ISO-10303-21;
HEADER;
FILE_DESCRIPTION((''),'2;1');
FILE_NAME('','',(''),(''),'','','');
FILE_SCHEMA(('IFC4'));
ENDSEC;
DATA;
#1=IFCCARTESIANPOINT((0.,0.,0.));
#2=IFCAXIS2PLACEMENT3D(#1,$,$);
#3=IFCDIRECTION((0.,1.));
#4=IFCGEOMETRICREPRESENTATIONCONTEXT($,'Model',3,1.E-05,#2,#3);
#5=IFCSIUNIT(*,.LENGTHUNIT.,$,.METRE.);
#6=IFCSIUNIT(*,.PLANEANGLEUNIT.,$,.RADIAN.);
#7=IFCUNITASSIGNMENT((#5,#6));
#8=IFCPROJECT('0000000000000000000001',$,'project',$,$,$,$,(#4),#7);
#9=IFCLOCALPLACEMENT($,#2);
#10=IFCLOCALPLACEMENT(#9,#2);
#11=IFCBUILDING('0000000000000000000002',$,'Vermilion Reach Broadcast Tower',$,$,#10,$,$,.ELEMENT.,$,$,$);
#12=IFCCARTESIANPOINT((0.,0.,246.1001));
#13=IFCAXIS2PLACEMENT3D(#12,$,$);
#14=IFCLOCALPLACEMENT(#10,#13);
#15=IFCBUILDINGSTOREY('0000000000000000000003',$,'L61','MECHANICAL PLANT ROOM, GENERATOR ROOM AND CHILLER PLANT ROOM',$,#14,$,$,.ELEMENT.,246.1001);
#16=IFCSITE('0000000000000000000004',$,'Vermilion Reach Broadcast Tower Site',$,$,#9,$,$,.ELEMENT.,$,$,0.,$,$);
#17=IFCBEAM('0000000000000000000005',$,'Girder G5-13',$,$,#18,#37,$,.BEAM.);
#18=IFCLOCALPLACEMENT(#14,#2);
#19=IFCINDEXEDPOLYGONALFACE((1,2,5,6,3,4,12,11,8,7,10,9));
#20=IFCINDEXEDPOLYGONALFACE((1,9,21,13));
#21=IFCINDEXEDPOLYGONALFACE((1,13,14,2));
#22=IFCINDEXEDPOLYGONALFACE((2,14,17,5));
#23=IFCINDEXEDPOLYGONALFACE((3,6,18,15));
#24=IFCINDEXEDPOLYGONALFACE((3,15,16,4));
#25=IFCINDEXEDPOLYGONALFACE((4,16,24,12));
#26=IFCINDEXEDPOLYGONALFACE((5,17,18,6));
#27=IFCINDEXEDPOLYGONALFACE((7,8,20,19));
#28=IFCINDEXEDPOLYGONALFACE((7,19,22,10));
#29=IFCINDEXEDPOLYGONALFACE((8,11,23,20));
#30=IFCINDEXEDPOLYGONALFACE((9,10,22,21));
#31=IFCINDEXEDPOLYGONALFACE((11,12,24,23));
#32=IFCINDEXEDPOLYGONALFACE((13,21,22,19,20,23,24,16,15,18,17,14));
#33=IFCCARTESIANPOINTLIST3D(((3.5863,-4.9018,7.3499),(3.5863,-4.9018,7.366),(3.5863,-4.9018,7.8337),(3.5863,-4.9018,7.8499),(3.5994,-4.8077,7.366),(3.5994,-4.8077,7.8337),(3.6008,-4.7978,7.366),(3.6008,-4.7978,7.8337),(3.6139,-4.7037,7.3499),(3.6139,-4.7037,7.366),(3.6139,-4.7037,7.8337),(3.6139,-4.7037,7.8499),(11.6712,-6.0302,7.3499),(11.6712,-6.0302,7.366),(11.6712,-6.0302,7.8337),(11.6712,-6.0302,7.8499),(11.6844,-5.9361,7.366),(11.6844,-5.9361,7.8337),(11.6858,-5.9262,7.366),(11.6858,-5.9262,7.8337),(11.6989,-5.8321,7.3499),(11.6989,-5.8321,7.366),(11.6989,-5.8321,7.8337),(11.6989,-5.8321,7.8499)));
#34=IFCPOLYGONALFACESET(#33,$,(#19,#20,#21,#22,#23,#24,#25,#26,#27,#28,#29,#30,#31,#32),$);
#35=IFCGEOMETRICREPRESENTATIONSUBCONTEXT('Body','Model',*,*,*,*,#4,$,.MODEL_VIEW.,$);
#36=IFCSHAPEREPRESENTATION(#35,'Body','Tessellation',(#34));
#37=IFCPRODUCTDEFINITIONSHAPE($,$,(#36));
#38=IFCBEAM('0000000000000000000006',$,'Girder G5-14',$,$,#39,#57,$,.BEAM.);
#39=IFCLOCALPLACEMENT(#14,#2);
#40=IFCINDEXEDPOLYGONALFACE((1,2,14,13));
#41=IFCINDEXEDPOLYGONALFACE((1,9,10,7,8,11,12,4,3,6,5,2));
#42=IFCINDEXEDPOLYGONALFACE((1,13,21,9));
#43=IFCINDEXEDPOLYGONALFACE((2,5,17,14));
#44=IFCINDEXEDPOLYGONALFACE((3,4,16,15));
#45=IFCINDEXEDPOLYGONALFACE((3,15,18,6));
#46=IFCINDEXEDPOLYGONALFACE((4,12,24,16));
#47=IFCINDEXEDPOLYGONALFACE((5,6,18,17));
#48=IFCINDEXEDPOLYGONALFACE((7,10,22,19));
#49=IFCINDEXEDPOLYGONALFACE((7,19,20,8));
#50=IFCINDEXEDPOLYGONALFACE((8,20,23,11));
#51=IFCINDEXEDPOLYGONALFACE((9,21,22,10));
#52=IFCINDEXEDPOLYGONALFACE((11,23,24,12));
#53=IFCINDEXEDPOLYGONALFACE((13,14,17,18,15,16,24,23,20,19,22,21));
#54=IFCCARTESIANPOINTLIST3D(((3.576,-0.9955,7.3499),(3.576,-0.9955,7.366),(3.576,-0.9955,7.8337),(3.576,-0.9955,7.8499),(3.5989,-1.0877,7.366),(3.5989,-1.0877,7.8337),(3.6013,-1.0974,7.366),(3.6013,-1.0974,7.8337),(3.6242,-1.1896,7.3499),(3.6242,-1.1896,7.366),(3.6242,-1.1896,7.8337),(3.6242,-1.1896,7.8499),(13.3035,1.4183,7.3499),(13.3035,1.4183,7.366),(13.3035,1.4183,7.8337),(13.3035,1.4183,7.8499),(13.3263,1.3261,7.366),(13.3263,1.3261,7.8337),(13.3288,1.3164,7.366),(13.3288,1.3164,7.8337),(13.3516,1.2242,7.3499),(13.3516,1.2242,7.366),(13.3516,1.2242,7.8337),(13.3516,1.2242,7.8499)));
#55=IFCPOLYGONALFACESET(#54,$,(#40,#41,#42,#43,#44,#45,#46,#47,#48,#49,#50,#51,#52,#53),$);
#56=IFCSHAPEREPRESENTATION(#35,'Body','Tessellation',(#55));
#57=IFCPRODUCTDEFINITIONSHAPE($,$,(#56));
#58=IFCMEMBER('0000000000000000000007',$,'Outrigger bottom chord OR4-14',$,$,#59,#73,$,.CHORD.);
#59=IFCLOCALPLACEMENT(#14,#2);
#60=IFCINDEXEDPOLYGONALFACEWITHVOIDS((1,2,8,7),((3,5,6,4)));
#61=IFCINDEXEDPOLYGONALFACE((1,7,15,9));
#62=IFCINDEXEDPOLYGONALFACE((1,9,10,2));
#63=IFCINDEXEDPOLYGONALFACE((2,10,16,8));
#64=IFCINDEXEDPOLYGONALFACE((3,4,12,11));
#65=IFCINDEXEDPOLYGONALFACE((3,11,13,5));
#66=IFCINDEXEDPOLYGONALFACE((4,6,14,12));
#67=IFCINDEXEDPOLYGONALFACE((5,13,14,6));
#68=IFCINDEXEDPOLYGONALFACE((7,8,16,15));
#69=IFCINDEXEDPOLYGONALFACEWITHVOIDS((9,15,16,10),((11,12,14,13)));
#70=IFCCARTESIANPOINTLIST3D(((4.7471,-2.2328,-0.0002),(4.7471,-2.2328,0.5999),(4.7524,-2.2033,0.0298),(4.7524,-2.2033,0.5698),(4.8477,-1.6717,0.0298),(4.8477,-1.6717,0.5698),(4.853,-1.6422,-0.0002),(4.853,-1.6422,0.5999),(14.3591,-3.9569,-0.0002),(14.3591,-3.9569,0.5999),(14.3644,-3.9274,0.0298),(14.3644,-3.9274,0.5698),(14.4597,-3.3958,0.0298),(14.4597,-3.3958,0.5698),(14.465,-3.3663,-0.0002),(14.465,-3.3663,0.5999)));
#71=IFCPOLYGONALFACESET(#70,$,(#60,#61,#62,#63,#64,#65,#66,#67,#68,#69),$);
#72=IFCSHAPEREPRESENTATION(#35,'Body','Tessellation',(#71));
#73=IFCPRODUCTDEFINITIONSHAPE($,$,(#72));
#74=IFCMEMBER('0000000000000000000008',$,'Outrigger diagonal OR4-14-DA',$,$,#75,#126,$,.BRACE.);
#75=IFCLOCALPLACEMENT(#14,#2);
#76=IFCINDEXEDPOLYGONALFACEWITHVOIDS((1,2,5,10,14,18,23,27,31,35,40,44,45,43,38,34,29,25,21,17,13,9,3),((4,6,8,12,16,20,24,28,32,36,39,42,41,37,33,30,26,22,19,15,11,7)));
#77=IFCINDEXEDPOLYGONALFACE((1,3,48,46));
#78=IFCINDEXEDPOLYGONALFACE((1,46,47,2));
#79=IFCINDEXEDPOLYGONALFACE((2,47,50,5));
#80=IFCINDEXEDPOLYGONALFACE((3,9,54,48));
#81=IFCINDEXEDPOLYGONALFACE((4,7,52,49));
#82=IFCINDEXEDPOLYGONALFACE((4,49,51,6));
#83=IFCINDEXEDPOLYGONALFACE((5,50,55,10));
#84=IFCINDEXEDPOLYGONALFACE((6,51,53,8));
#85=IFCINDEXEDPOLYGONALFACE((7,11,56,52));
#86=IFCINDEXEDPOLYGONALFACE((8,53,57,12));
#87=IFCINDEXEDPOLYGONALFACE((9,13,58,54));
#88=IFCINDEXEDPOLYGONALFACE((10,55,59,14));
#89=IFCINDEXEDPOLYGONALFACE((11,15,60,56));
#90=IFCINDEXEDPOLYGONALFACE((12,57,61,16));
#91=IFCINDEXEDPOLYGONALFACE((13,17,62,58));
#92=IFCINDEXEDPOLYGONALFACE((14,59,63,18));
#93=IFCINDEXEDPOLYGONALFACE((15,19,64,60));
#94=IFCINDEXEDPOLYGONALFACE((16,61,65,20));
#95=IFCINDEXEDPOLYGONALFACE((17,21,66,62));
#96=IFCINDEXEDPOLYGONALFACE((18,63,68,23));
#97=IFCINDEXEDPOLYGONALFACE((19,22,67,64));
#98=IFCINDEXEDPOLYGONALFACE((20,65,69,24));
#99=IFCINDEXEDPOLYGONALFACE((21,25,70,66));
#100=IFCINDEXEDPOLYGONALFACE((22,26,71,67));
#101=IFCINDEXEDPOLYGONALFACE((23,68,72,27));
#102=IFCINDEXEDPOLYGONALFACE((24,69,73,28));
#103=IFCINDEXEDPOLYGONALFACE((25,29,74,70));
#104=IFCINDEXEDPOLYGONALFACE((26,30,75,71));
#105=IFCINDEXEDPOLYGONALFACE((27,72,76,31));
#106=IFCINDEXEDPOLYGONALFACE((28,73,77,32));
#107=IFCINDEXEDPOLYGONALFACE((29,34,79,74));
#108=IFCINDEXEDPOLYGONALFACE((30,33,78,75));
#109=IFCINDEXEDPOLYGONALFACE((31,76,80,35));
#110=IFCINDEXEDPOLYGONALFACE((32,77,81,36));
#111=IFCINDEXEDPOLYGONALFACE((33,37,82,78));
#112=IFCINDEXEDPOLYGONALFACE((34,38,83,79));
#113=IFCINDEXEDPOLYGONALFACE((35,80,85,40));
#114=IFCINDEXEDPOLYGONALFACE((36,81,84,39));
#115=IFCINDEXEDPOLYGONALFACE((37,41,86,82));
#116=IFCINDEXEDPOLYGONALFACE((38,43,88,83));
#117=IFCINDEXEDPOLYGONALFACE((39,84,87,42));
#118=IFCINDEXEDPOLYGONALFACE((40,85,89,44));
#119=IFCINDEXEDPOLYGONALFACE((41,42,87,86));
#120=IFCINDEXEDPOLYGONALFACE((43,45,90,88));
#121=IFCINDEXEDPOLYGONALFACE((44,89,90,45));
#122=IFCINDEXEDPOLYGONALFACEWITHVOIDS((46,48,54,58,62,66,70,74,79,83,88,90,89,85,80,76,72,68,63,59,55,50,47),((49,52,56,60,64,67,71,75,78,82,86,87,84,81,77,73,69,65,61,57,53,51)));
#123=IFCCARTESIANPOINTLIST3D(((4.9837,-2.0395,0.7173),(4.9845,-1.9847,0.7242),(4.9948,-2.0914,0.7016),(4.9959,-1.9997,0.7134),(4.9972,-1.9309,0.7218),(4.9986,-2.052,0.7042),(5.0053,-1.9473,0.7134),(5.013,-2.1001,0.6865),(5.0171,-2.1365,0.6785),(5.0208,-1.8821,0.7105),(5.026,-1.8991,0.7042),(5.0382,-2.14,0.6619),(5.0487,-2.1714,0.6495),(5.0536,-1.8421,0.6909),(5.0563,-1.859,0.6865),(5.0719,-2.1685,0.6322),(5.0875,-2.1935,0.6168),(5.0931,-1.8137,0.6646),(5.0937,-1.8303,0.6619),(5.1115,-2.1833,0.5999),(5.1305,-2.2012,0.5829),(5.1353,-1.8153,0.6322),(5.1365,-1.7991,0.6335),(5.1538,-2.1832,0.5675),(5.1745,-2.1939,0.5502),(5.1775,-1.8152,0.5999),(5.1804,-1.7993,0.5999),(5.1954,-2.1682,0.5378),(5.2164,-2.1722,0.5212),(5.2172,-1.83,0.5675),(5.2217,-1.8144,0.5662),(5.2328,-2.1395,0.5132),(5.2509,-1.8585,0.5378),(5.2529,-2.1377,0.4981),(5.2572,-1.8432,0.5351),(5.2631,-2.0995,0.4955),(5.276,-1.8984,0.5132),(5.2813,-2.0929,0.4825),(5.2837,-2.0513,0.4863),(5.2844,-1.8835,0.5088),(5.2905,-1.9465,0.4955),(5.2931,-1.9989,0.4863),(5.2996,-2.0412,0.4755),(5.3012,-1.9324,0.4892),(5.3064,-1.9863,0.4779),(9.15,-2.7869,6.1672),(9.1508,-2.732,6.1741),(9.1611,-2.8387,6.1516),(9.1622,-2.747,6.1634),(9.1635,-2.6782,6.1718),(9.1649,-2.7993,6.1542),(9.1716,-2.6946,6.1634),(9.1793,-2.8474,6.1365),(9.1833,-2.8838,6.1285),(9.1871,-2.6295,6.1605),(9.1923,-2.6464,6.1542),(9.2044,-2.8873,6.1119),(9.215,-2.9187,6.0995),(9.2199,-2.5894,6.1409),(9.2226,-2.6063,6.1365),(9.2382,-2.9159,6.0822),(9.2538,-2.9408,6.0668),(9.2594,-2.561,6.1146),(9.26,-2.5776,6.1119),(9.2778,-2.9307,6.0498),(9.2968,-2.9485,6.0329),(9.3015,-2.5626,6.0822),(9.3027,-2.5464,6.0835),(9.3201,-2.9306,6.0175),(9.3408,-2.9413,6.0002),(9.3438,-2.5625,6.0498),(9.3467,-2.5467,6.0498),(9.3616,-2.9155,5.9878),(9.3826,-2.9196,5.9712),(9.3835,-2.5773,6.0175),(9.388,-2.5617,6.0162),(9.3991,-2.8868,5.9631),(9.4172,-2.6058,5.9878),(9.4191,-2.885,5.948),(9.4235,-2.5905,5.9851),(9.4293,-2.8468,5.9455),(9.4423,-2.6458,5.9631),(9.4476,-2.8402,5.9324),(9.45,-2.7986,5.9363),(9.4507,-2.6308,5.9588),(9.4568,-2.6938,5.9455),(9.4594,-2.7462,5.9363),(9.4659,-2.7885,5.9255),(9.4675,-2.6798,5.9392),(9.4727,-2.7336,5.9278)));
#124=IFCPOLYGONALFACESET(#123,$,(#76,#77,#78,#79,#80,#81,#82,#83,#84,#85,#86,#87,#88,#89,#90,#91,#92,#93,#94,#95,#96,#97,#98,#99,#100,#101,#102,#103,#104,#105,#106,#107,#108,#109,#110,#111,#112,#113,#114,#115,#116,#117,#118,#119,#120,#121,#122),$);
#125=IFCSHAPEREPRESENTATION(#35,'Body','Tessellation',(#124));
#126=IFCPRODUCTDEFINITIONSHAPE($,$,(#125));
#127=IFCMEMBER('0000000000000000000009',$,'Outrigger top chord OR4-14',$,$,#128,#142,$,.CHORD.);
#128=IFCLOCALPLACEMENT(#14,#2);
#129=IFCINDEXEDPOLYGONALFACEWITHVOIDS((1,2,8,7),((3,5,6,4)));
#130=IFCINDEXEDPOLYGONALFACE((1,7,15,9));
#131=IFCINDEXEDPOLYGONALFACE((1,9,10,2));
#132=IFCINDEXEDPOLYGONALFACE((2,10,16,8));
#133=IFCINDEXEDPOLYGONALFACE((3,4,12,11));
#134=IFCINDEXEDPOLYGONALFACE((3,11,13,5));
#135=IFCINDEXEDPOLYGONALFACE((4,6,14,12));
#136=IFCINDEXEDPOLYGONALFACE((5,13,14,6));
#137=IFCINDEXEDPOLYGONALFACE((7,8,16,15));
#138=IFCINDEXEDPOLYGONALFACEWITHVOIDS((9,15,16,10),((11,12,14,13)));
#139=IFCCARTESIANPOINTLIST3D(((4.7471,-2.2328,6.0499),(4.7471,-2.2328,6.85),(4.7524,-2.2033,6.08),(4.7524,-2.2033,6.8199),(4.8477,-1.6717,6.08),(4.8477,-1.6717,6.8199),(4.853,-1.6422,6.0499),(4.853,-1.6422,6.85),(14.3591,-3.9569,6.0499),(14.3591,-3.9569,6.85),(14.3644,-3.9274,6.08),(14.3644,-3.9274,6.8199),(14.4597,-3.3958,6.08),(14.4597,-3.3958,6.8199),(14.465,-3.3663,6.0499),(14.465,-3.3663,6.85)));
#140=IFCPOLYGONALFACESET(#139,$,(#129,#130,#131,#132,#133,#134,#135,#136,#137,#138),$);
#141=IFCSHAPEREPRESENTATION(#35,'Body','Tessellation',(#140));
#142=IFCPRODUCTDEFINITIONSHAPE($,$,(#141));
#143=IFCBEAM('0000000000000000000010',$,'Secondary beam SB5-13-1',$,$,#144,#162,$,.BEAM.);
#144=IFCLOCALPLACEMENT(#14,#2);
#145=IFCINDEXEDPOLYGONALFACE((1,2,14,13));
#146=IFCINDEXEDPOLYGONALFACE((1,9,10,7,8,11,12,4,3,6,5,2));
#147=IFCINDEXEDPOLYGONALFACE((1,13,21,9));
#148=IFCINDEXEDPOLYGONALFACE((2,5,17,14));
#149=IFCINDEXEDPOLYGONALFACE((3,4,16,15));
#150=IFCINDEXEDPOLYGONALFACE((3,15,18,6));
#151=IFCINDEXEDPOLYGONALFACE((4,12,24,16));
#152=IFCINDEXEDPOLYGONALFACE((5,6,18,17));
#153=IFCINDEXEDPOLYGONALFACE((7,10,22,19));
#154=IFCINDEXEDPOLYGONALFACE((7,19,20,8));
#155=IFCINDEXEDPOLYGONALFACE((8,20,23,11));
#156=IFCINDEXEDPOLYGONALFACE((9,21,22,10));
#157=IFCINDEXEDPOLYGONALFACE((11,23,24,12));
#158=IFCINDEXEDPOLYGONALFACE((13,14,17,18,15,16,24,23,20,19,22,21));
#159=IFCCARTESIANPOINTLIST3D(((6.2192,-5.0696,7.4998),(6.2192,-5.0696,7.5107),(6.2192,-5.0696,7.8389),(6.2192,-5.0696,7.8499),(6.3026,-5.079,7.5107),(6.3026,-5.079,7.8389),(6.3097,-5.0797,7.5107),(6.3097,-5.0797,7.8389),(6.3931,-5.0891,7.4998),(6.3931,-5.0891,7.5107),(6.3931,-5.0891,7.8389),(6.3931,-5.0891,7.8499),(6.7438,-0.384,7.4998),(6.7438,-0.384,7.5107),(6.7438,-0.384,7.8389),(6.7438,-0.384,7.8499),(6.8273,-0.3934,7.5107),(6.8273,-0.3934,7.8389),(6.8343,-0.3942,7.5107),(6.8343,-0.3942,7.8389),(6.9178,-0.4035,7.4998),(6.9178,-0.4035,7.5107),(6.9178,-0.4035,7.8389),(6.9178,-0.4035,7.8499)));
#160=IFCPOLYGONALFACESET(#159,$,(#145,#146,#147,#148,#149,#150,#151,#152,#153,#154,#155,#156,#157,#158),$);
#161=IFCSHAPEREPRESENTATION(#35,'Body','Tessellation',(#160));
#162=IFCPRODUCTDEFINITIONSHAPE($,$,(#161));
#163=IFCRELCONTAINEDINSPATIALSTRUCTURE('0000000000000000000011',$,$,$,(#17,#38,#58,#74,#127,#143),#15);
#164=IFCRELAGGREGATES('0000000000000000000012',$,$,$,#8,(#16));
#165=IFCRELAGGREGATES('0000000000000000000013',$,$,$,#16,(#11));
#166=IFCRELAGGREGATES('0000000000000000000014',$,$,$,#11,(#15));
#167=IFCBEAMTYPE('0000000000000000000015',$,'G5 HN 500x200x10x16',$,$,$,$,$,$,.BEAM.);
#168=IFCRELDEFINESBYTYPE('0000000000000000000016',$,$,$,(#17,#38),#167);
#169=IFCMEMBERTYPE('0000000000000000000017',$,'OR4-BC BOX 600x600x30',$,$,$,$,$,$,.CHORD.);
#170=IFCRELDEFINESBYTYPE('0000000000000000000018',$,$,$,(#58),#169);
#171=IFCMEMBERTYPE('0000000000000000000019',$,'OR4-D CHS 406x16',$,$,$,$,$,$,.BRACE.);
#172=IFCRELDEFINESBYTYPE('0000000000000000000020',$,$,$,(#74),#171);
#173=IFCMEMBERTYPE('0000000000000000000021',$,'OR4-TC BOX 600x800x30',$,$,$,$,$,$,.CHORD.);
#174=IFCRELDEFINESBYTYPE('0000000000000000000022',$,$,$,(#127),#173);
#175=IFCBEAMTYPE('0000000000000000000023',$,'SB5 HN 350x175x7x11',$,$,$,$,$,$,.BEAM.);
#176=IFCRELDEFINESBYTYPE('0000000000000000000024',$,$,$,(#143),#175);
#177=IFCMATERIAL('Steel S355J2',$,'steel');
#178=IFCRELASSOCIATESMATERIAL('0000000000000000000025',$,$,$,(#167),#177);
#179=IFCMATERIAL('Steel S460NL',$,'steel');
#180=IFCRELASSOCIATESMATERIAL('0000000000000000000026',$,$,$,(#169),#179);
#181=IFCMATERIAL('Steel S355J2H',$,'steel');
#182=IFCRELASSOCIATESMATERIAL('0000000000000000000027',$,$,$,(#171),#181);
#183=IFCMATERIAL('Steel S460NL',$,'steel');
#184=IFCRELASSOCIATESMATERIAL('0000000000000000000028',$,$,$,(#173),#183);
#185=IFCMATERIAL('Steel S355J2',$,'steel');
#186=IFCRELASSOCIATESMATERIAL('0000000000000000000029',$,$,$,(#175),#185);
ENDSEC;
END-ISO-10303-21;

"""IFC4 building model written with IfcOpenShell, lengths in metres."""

from ifc_helpers import new_model, si_unit, direction, frame, origin, origin_2d, place, context, subcontext, project, spatial, hollow_rectangle, hollow_circle, i_section, extrude, material, material_profile, profile_set, type_object, element, save


model = new_model("IFC4")

# Units and contexts
model_context = context("Model", 3, precision=1e-05, world=origin(), true_north=direction((0.0, 1.0)))
body_context = subcontext(model_context, "Body", "Model", "MODEL_VIEW")
ifc_project = project(units=[si_unit("LENGTHUNIT", "METRE"), si_unit("PLANEANGLEUNIT", "RADIAN")], contexts=[model_context])

# Site, building, storey
site_placement = place(None, origin())
site = spatial("IfcSite", under=ifc_project, at=site_placement, Name="Vermilion Reach Broadcast Tower Site", CompositionType="ELEMENT", RefElevation=0.0)
building_placement = place(site_placement, origin())
building = spatial("IfcBuilding", under=site, at=building_placement, Name="Vermilion Reach Broadcast Tower", CompositionType="ELEMENT")
storey_placement = place(building_placement, frame((0.0, 0.0, 246.1001)))
storey = spatial("IfcBuildingStorey", under=building, at=storey_placement, Name="L61", Description="MECHANICAL PLANT ROOM, GENERATOR ROOM AND CHILLER PLANT ROOM", CompositionType="ELEMENT", Elevation=246.1001)

# Beams
ifc_material_1 = material(Name="Steel S355J2", Category="steel")
ifc_material_profile_1 = material_profile(ifc_material_1, i_section(OverallWidth=0.2, OverallDepth=0.5, WebThickness=0.01, FlangeThickness=0.0161, at=origin_2d()), Name="S355J2 HN 500x200x10x16")
ifc_profile_set_1 = profile_set([ifc_material_profile_1], Name="Steel S355J2")
beam_type_1 = type_object("IfcBeamType", Name="G5 HN 500x200x10x16", PredefinedType="BEAM", material=ifc_profile_set_1)
beam_1_placement = place(storey_placement, frame((3.6001, -4.8027, 7.5999), z_axis=(0.9904, -0.13823, 0.0), x_axis=(0.13823, 0.9904, 0.0)))
element("IfcBeam", 1, at=beam_1_placement, inside=storey, type_object=beam_type_1, Name="Girder G5-13", PredefinedType="BEAM", context=body_context, shape_type="SweptSolid", body=[
    extrude(i_section(OverallWidth=0.2, OverallDepth=0.5, WebThickness=0.01, FlangeThickness=0.0161, at=origin_2d()), origin(), (0.0, 0.0, 1.0), 8.1633),
])
beam_2_placement = place(storey_placement, frame((3.6001, -1.0925, 7.5999), z_axis=(0.970565, 0.240839, 0.0), x_axis=(-0.240839, 0.970565, 0.0)))
element("IfcBeam", 2, at=beam_2_placement, inside=storey, type_object=beam_type_1, Name="Girder G5-14", PredefinedType="BEAM", context=body_context, shape_type="SweptSolid", body=[
    extrude(i_section(OverallWidth=0.2, OverallDepth=0.5, WebThickness=0.01, FlangeThickness=0.0161, at=origin_2d()), origin(), (0.0, 0.0, 1.0), 10.0225),
])

# Members
ifc_material_2 = material(Name="Steel S460NL", Category="steel")
ifc_material_profile_2 = material_profile(ifc_material_2, hollow_rectangle(XDim=0.6001, YDim=0.6001, WallThickness=0.03, at=origin_2d()), Name="S460NL BOX 600x600x30")
ifc_profile_set_2 = profile_set([ifc_material_profile_2], Name="Steel S460NL")
member_type_1 = type_object("IfcMemberType", Name="OR4-BC BOX 600x600x30", PredefinedType="CHORD", material=ifc_profile_set_2)
member_1_placement = place(storey_placement, frame((4.8, -1.9375, 0.2998), z_axis=(0.984291, -0.176553, 0.0), x_axis=(0.176553, 0.984291, 0.0)))
element("IfcMember", 3, at=member_1_placement, inside=storey, type_object=member_type_1, Name="Outrigger bottom chord OR4-14", PredefinedType="CHORD", context=body_context, shape_type="SweptSolid", body=[
    extrude(hollow_rectangle(XDim=0.6001, YDim=0.6001, WallThickness=0.03, at=origin_2d()), origin(), (0.0, 0.0, 1.0), 9.7654),
])
ifc_material_3 = material(Name="Steel S355J2H", Category="steel")
ifc_material_profile_3 = material_profile(ifc_material_3, hollow_circle(Radius=0.2031, WallThickness=0.0161, at=origin_2d()), Name="S355J2H CHS 406x16")
ifc_profile_set_3 = profile_set([ifc_material_profile_3], Name="Steel S355J2H")
member_type_2 = type_object("IfcMemberType", Name="OR4-D CHS 406x16", PredefinedType="BRACE", material=ifc_profile_set_3)
member_2_placement = place(storey_placement, frame((5.1445, -1.9993, 0.5999), z_axis=(0.603754, -0.108297, 0.78978), x_axis=(0.176555, 0.984291, 0.0)))
element("IfcMember", 4, at=member_2_placement, inside=storey, type_object=member_type_2, Name="Outrigger diagonal OR4-14-DA", PredefinedType="BRACE", context=body_context, shape_type="SweptSolid", body=[
    extrude(hollow_circle(Radius=0.2031, WallThickness=0.0161, at=origin_2d()), origin(), (0.0, 0.0, 1.0), 6.9006),
])
ifc_material_4 = material(Name="Steel S460NL", Category="steel")
ifc_material_profile_4 = material_profile(ifc_material_4, hollow_rectangle(XDim=0.6001, YDim=0.8, WallThickness=0.03, at=origin_2d()), Name="S460NL BOX 600x800x30")
ifc_profile_set_4 = profile_set([ifc_material_profile_4], Name="Steel S460NL")
member_type_3 = type_object("IfcMemberType", Name="OR4-TC BOX 600x800x30", PredefinedType="CHORD", material=ifc_profile_set_4)
member_3_placement = place(storey_placement, frame((4.8, -1.9375, 6.45), z_axis=(0.984291, -0.176553, 0.0), x_axis=(0.176553, 0.984291, 0.0)))
element("IfcMember", 5, at=member_3_placement, inside=storey, type_object=member_type_3, Name="Outrigger top chord OR4-14", PredefinedType="CHORD", context=body_context, shape_type="SweptSolid", body=[
    extrude(hollow_rectangle(XDim=0.6001, YDim=0.8, WallThickness=0.03, at=origin_2d()), origin(), (0.0, 0.0, 1.0), 9.7654),
])

# Beam
ifc_material_5 = material(Name="Steel S355J2", Category="steel")
ifc_material_profile_5 = material_profile(ifc_material_5, i_section(OverallWidth=0.175, OverallDepth=0.3501, WebThickness=0.0071, FlangeThickness=0.011, at=origin_2d()), Name="S355J2 HN 350x175x7x11")
ifc_profile_set_5 = profile_set([ifc_material_profile_5], Name="Steel S355J2")
beam_type_2 = type_object("IfcBeamType", Name="SB5 HN 350x175x7x11", PredefinedType="BEAM", material=ifc_profile_set_5)
beam_3_placement = place(storey_placement, frame((6.3062, -5.0793, 7.6748), z_axis=(0.111278, 0.993789, 0.0), x_axis=(-0.993789, 0.111278, 0.0)))
element("IfcBeam", 6, at=beam_3_placement, inside=storey, type_object=beam_type_2, Name="Secondary beam SB5-13-1", PredefinedType="BEAM", context=body_context, shape_type="SweptSolid", body=[
    extrude(i_section(OverallWidth=0.175, OverallDepth=0.3501, WebThickness=0.0071, FlangeThickness=0.011, at=origin_2d()), origin(), (0.0, 0.0, 1.0), 4.7148),
])

save(model, "model.ifc")
